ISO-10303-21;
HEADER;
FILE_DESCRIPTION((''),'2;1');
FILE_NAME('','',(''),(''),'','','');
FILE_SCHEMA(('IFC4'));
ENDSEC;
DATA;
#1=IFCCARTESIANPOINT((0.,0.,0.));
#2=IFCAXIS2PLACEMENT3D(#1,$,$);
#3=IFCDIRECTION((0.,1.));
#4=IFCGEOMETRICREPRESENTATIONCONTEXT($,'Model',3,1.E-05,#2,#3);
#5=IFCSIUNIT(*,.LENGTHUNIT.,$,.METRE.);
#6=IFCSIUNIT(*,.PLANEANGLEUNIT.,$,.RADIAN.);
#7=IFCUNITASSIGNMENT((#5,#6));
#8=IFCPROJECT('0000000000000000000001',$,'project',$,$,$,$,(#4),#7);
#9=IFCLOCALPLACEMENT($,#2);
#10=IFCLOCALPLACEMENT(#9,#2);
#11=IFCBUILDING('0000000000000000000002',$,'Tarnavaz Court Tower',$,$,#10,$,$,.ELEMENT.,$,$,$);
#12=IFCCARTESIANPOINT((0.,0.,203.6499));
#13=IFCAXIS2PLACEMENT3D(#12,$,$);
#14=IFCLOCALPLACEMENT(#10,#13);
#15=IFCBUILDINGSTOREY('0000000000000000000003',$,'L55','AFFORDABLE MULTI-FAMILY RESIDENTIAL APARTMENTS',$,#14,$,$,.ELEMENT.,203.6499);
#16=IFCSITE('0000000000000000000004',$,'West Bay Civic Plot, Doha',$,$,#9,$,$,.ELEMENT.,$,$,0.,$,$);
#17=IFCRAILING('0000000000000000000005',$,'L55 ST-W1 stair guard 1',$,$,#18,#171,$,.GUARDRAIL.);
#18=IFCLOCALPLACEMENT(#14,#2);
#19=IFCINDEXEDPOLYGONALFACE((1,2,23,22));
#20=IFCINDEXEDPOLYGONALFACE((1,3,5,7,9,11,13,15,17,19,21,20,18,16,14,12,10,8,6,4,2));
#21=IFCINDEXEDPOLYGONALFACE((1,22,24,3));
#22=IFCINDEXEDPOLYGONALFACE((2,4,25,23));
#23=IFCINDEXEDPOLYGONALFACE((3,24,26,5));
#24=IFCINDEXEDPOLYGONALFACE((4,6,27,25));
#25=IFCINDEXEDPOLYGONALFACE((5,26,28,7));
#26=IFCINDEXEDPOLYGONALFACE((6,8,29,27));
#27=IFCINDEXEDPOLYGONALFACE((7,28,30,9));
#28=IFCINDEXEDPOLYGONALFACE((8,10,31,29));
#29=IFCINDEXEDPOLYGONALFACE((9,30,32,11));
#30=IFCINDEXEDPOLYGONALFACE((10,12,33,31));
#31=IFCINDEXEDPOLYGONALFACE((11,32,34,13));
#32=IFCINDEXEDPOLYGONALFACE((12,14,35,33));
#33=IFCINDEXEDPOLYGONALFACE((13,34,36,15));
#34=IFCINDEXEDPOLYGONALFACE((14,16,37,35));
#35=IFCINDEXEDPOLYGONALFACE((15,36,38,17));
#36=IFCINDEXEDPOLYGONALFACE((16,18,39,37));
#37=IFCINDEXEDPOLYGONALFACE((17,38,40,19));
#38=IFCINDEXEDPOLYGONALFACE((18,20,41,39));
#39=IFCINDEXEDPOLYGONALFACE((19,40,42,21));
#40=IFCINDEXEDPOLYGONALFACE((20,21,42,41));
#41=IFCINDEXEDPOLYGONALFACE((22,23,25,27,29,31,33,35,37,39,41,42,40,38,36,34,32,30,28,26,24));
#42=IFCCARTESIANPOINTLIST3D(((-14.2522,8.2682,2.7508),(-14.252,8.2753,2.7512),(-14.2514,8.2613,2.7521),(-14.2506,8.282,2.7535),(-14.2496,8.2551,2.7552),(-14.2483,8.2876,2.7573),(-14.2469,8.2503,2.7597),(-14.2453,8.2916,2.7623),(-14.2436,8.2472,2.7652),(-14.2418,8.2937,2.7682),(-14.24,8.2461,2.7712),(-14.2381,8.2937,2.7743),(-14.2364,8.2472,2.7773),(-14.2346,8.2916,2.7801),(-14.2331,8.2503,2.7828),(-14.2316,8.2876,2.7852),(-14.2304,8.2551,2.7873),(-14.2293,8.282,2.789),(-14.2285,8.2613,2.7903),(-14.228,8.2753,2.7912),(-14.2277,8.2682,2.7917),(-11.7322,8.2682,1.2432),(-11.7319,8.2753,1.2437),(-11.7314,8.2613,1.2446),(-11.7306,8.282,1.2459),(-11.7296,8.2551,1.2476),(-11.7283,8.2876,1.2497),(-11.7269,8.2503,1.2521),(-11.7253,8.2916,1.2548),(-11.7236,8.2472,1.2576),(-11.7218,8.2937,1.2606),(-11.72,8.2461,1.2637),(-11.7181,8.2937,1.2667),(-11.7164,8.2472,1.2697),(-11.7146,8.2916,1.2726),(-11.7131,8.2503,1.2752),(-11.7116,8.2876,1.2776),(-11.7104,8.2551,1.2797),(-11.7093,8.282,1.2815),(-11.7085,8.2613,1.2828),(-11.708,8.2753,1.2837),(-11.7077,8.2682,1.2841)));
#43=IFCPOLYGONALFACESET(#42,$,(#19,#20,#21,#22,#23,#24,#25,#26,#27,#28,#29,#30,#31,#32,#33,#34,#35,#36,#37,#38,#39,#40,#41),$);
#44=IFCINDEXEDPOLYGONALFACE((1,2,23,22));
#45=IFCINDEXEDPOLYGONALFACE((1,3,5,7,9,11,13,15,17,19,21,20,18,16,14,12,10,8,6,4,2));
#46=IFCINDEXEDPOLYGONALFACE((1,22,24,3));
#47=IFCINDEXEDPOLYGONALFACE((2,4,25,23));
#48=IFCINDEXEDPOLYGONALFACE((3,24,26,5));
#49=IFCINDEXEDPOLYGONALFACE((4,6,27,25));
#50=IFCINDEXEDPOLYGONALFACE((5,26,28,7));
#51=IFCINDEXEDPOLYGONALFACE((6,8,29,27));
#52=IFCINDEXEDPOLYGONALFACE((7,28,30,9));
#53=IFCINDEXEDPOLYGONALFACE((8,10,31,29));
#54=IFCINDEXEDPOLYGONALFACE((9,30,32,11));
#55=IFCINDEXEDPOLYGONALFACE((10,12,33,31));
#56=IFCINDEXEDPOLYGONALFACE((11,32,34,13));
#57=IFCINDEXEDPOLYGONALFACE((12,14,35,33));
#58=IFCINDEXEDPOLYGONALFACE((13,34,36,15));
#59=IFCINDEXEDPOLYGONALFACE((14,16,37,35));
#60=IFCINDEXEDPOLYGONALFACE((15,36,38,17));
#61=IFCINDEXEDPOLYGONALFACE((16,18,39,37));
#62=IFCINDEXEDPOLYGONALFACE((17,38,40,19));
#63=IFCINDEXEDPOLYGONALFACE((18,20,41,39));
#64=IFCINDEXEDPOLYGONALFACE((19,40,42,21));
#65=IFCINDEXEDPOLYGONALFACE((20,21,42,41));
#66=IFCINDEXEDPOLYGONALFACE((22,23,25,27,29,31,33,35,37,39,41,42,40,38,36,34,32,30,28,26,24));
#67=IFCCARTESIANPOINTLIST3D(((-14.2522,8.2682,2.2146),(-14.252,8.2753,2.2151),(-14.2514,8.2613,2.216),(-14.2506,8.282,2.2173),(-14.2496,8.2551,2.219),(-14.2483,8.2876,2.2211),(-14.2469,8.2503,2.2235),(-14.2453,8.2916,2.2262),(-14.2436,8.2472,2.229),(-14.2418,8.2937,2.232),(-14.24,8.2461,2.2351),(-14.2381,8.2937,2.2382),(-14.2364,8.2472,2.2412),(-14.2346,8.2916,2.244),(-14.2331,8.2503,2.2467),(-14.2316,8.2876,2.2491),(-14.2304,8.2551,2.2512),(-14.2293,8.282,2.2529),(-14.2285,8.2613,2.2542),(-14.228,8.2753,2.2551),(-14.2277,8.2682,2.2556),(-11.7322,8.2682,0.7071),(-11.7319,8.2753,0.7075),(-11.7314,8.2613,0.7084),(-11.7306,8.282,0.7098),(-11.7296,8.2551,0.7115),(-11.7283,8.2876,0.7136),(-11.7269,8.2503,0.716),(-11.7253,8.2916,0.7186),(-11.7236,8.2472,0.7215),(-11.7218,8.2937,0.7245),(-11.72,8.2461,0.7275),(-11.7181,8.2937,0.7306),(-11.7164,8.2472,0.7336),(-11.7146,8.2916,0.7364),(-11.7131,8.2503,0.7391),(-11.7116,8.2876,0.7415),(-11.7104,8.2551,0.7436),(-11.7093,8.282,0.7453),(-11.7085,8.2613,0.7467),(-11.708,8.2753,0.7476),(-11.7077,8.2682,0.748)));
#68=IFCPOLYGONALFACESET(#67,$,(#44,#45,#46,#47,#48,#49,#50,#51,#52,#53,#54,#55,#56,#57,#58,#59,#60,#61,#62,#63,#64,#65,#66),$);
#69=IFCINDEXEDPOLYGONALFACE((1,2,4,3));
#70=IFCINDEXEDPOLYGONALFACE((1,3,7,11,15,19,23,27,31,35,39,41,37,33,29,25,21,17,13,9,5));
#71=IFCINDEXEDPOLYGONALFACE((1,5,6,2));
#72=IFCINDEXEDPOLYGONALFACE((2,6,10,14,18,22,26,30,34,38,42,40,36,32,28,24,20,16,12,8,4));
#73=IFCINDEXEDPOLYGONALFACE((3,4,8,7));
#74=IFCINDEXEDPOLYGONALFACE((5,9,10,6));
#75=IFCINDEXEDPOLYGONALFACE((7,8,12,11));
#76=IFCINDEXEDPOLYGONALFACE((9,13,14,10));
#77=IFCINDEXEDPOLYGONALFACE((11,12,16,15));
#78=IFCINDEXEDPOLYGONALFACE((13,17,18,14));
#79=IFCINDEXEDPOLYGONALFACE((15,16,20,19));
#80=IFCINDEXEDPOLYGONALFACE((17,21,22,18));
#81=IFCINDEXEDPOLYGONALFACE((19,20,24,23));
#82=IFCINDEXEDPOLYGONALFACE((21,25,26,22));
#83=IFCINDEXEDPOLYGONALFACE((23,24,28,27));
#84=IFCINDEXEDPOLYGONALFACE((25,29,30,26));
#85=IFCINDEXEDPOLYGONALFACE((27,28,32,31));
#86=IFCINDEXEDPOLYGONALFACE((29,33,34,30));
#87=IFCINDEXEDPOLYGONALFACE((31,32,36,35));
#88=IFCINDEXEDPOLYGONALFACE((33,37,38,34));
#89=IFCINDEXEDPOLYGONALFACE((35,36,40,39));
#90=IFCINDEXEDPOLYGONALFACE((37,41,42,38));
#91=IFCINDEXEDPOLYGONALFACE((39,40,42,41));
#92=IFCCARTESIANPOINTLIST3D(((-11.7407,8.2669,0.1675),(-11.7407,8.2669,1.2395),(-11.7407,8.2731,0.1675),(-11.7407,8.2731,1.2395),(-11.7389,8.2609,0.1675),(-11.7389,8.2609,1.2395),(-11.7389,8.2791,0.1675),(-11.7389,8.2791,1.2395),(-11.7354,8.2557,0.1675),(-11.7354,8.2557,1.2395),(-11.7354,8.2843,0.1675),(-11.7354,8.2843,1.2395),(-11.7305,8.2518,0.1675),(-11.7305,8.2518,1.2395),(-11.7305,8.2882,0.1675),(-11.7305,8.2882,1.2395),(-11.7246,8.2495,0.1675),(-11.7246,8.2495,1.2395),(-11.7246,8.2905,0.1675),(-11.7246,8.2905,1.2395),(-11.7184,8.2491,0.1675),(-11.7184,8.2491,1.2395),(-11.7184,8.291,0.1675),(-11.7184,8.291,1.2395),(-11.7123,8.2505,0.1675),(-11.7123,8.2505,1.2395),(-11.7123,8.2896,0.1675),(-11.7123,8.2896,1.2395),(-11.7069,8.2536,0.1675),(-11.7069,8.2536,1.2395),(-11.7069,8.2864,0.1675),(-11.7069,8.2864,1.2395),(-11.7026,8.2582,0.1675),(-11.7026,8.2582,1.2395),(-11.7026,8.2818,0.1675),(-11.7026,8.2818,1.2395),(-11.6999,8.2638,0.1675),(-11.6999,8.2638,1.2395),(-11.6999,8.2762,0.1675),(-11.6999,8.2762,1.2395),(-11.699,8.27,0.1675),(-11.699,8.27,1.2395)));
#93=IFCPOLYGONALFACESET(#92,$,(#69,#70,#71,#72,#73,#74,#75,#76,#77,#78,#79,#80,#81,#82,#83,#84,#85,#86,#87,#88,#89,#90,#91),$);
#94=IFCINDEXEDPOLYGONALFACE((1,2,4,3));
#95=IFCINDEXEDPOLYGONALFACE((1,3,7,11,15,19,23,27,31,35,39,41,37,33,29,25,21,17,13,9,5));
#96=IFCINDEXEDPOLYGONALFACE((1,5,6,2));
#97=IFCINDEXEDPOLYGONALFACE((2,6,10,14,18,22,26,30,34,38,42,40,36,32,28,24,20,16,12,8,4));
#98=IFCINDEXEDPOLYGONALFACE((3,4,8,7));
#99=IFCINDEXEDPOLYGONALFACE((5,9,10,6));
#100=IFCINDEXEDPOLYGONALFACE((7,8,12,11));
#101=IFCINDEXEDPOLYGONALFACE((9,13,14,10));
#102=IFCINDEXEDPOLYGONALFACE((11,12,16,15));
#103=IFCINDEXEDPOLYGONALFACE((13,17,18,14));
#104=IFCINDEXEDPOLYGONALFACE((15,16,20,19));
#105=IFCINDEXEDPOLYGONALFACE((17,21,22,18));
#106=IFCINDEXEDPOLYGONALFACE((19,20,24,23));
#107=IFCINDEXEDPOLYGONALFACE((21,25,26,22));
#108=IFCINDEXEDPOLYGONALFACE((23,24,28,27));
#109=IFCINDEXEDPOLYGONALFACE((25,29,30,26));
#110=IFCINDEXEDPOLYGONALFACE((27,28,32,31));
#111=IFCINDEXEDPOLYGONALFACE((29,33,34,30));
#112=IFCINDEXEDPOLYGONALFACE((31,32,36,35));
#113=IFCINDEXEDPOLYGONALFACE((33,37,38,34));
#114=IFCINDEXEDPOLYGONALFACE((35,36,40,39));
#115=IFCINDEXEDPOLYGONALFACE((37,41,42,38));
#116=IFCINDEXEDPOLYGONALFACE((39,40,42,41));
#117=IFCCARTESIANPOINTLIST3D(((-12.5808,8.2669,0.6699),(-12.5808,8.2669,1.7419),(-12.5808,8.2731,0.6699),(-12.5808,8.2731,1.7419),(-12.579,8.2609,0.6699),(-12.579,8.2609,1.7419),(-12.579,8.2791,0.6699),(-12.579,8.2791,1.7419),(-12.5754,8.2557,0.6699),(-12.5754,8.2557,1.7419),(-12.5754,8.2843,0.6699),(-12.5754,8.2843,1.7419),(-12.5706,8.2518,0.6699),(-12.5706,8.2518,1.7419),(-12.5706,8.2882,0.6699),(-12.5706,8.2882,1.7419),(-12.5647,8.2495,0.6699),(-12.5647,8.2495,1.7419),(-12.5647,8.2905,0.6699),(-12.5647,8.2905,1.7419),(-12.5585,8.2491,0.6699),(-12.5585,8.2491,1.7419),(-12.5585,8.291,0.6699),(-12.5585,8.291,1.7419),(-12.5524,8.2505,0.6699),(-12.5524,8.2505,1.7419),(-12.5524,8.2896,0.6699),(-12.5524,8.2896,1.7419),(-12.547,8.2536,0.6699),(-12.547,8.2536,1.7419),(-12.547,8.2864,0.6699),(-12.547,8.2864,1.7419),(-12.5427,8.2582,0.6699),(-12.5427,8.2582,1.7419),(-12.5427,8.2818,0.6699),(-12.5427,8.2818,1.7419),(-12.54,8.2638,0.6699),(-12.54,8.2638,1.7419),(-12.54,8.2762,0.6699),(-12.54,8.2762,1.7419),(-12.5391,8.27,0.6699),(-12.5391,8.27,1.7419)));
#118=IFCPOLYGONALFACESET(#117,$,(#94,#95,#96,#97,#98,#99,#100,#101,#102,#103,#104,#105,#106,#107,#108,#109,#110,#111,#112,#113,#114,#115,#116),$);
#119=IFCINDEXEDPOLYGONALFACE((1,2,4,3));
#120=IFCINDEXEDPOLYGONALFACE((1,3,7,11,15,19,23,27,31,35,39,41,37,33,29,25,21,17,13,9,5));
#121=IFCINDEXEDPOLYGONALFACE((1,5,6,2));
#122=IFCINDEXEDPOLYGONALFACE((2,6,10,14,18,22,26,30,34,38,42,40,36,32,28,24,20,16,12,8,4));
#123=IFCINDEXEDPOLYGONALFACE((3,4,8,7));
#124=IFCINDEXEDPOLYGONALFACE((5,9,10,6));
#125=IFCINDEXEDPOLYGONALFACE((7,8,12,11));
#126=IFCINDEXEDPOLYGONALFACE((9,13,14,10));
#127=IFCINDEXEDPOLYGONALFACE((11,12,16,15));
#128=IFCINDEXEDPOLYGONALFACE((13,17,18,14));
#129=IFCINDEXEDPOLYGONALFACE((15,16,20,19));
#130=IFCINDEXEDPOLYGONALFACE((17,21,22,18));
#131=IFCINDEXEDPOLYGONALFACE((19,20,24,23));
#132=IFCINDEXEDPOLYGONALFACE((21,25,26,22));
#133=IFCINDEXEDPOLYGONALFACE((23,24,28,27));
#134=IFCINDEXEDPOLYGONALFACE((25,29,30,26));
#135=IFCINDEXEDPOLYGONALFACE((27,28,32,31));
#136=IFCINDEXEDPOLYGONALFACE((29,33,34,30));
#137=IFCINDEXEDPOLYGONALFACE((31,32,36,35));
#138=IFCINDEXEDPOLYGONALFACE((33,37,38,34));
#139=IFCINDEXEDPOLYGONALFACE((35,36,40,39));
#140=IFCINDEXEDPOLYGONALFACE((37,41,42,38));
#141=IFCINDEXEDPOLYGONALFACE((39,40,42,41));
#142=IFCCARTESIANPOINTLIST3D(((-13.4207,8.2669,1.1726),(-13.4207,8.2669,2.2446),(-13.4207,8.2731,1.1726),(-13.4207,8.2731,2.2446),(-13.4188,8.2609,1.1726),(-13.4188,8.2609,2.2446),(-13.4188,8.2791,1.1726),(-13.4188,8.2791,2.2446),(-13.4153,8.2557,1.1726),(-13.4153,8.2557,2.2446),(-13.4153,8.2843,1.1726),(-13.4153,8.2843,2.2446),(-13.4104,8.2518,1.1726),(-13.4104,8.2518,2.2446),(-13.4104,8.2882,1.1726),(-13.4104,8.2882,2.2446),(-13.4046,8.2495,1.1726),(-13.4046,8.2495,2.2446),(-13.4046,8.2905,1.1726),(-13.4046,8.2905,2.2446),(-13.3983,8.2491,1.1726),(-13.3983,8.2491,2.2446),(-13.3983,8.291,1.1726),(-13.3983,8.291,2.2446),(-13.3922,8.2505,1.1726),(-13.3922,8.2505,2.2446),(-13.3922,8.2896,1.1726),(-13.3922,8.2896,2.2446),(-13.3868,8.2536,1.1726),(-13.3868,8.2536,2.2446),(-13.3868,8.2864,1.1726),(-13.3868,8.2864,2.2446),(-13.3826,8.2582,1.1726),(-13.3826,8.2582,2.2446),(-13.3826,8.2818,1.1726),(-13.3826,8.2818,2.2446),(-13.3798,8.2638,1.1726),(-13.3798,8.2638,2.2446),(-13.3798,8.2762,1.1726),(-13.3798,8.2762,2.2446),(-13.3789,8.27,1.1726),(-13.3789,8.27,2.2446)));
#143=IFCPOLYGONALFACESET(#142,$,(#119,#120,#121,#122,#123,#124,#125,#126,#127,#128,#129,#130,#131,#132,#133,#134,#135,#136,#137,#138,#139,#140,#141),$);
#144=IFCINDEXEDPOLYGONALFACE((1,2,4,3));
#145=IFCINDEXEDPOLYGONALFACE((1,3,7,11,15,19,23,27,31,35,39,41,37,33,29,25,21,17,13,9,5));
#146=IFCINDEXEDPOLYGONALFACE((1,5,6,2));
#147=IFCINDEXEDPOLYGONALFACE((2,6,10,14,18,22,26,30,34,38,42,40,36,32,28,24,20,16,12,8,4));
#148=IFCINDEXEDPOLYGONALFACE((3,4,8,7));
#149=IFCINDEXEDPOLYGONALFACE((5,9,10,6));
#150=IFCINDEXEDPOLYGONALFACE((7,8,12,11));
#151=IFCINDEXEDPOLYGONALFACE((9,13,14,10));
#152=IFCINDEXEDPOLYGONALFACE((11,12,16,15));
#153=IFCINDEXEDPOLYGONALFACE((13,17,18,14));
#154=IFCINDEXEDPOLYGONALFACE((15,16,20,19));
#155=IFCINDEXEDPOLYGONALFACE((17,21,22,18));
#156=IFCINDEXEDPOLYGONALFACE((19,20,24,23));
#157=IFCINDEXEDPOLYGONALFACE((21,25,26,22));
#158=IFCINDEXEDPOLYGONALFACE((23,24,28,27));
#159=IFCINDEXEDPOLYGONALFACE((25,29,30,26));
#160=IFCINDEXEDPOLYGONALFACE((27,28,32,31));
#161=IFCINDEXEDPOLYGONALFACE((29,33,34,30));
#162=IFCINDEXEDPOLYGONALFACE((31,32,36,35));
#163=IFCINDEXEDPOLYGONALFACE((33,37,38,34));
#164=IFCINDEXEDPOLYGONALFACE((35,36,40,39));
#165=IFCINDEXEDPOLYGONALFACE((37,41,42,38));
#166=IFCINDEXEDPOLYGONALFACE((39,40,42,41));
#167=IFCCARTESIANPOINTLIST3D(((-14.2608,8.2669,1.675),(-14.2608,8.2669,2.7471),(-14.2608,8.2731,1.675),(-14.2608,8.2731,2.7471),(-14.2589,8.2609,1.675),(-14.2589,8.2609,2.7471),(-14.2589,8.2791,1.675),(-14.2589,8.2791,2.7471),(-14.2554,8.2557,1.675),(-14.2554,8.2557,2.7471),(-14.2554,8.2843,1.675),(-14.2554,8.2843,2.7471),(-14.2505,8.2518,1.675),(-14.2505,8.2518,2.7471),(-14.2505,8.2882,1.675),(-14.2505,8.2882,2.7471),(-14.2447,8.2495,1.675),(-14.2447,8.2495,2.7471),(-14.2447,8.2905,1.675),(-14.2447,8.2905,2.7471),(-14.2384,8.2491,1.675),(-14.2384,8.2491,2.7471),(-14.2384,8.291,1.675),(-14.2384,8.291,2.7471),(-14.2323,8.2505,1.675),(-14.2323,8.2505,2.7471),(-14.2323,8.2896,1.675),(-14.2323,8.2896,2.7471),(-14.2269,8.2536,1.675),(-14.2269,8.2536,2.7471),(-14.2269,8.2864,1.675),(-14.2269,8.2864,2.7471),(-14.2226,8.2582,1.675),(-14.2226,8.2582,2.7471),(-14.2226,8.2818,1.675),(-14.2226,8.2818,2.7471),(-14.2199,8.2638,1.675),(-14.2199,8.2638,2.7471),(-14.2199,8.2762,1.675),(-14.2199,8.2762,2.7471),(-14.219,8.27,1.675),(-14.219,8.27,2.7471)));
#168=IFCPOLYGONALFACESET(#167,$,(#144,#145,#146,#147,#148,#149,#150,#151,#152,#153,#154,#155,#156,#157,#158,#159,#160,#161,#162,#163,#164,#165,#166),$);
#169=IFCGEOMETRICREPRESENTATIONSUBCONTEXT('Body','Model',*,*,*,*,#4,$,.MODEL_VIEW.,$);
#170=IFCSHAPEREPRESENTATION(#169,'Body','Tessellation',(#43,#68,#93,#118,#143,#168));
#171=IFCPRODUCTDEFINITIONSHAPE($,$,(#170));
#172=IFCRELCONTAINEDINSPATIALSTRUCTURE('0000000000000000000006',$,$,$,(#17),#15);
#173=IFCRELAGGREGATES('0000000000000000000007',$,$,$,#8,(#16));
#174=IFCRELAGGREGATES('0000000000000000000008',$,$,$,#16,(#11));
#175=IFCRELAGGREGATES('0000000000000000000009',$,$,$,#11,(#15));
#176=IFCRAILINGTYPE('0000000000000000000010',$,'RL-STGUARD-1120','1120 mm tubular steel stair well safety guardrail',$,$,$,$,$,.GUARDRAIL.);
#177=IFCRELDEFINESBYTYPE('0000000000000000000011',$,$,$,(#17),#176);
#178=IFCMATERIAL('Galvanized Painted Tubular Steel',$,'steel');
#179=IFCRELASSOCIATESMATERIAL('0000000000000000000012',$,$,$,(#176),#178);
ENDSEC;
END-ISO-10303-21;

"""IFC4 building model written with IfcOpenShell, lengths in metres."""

from ifc_helpers import new_model, si_unit, direction, frame, origin, origin_2d, place, context, subcontext, project, spatial, circle, extrude, material, type_object, element, save


model = new_model("IFC4")

# Units and contexts
model_context = context("Model", 3, precision=1e-05, world=origin(), true_north=direction((0.0, 1.0)))
body_context = subcontext(model_context, "Body", "Model", "MODEL_VIEW")
ifc_project = project(units=[si_unit("LENGTHUNIT", "METRE"), si_unit("PLANEANGLEUNIT", "RADIAN")], contexts=[model_context])

# Site, building, storey
site_placement = place(None, origin())
site = spatial("IfcSite", under=ifc_project, at=site_placement, Name="West Bay Civic Plot, Doha", CompositionType="ELEMENT", RefElevation=0.0)
building_placement = place(site_placement, origin())
building = spatial("IfcBuilding", under=site, at=building_placement, Name="Tarnavaz Court Tower", CompositionType="ELEMENT")
storey_placement = place(building_placement, frame((0.0, 0.0, 203.6499)))
storey = spatial("IfcBuildingStorey", under=building, at=storey_placement, Name="L55", Description="AFFORDABLE MULTI-FAMILY RESIDENTIAL APARTMENTS", CompositionType="ELEMENT", Elevation=203.6499)

# Railing
ifc_material_1 = material(Name="Galvanized Painted Tubular Steel", Category="steel")
railing_type_1 = type_object("IfcRailingType", Name="RL-STGUARD-1120", Description="1120 mm tubular steel stair well safety guardrail", PredefinedType="GUARDRAIL", material=ifc_material_1)
railing_1_placement = place(storey_placement, frame((-11.72, 8.27, 0.1675)))
element("IfcRailing", 1, at=railing_1_placement, inside=storey, type_object=railing_type_1, Name="L55 ST-W1 stair guard 1", PredefinedType="GUARDRAIL", context=body_context, shape_type="SweptSolid", body=[
    extrude(circle(Radius=0.0239, at=origin_2d()), frame((0.0, 0.0, 1.0962), z_axis=(-0.85816, 0.0, 0.513383), x_axis=(0.0, -1.0, 0.0)), (0.0, 0.0, 1.0), 2.9365),
    extrude(circle(Radius=0.0239, at=origin_2d()), frame((0.0, 0.0, 0.5601), z_axis=(-0.85816, 0.0, 0.513383), x_axis=(0.0, -1.0, 0.0)), (0.0, 0.0, 1.0), 2.9365),
    extrude(circle(Radius=0.021, at=origin_2d()), origin(), (0.0, 0.0, 1.0), 1.072),
    extrude(circle(Radius=0.021, at=origin_2d()), frame((-0.8401, 0.0, 0.5024)), (0.0, 0.0, 1.0), 1.072),
    extrude(circle(Radius=0.021, at=origin_2d()), frame((-1.6799, 0.0, 1.0051)), (0.0, 0.0, 1.0), 1.072),
    extrude(circle(Radius=0.021, at=origin_2d()), frame((-2.52, 0.0, 1.5076)), (0.0, 0.0, 1.0), 1.072),
])

save(model, "model.ifc")
